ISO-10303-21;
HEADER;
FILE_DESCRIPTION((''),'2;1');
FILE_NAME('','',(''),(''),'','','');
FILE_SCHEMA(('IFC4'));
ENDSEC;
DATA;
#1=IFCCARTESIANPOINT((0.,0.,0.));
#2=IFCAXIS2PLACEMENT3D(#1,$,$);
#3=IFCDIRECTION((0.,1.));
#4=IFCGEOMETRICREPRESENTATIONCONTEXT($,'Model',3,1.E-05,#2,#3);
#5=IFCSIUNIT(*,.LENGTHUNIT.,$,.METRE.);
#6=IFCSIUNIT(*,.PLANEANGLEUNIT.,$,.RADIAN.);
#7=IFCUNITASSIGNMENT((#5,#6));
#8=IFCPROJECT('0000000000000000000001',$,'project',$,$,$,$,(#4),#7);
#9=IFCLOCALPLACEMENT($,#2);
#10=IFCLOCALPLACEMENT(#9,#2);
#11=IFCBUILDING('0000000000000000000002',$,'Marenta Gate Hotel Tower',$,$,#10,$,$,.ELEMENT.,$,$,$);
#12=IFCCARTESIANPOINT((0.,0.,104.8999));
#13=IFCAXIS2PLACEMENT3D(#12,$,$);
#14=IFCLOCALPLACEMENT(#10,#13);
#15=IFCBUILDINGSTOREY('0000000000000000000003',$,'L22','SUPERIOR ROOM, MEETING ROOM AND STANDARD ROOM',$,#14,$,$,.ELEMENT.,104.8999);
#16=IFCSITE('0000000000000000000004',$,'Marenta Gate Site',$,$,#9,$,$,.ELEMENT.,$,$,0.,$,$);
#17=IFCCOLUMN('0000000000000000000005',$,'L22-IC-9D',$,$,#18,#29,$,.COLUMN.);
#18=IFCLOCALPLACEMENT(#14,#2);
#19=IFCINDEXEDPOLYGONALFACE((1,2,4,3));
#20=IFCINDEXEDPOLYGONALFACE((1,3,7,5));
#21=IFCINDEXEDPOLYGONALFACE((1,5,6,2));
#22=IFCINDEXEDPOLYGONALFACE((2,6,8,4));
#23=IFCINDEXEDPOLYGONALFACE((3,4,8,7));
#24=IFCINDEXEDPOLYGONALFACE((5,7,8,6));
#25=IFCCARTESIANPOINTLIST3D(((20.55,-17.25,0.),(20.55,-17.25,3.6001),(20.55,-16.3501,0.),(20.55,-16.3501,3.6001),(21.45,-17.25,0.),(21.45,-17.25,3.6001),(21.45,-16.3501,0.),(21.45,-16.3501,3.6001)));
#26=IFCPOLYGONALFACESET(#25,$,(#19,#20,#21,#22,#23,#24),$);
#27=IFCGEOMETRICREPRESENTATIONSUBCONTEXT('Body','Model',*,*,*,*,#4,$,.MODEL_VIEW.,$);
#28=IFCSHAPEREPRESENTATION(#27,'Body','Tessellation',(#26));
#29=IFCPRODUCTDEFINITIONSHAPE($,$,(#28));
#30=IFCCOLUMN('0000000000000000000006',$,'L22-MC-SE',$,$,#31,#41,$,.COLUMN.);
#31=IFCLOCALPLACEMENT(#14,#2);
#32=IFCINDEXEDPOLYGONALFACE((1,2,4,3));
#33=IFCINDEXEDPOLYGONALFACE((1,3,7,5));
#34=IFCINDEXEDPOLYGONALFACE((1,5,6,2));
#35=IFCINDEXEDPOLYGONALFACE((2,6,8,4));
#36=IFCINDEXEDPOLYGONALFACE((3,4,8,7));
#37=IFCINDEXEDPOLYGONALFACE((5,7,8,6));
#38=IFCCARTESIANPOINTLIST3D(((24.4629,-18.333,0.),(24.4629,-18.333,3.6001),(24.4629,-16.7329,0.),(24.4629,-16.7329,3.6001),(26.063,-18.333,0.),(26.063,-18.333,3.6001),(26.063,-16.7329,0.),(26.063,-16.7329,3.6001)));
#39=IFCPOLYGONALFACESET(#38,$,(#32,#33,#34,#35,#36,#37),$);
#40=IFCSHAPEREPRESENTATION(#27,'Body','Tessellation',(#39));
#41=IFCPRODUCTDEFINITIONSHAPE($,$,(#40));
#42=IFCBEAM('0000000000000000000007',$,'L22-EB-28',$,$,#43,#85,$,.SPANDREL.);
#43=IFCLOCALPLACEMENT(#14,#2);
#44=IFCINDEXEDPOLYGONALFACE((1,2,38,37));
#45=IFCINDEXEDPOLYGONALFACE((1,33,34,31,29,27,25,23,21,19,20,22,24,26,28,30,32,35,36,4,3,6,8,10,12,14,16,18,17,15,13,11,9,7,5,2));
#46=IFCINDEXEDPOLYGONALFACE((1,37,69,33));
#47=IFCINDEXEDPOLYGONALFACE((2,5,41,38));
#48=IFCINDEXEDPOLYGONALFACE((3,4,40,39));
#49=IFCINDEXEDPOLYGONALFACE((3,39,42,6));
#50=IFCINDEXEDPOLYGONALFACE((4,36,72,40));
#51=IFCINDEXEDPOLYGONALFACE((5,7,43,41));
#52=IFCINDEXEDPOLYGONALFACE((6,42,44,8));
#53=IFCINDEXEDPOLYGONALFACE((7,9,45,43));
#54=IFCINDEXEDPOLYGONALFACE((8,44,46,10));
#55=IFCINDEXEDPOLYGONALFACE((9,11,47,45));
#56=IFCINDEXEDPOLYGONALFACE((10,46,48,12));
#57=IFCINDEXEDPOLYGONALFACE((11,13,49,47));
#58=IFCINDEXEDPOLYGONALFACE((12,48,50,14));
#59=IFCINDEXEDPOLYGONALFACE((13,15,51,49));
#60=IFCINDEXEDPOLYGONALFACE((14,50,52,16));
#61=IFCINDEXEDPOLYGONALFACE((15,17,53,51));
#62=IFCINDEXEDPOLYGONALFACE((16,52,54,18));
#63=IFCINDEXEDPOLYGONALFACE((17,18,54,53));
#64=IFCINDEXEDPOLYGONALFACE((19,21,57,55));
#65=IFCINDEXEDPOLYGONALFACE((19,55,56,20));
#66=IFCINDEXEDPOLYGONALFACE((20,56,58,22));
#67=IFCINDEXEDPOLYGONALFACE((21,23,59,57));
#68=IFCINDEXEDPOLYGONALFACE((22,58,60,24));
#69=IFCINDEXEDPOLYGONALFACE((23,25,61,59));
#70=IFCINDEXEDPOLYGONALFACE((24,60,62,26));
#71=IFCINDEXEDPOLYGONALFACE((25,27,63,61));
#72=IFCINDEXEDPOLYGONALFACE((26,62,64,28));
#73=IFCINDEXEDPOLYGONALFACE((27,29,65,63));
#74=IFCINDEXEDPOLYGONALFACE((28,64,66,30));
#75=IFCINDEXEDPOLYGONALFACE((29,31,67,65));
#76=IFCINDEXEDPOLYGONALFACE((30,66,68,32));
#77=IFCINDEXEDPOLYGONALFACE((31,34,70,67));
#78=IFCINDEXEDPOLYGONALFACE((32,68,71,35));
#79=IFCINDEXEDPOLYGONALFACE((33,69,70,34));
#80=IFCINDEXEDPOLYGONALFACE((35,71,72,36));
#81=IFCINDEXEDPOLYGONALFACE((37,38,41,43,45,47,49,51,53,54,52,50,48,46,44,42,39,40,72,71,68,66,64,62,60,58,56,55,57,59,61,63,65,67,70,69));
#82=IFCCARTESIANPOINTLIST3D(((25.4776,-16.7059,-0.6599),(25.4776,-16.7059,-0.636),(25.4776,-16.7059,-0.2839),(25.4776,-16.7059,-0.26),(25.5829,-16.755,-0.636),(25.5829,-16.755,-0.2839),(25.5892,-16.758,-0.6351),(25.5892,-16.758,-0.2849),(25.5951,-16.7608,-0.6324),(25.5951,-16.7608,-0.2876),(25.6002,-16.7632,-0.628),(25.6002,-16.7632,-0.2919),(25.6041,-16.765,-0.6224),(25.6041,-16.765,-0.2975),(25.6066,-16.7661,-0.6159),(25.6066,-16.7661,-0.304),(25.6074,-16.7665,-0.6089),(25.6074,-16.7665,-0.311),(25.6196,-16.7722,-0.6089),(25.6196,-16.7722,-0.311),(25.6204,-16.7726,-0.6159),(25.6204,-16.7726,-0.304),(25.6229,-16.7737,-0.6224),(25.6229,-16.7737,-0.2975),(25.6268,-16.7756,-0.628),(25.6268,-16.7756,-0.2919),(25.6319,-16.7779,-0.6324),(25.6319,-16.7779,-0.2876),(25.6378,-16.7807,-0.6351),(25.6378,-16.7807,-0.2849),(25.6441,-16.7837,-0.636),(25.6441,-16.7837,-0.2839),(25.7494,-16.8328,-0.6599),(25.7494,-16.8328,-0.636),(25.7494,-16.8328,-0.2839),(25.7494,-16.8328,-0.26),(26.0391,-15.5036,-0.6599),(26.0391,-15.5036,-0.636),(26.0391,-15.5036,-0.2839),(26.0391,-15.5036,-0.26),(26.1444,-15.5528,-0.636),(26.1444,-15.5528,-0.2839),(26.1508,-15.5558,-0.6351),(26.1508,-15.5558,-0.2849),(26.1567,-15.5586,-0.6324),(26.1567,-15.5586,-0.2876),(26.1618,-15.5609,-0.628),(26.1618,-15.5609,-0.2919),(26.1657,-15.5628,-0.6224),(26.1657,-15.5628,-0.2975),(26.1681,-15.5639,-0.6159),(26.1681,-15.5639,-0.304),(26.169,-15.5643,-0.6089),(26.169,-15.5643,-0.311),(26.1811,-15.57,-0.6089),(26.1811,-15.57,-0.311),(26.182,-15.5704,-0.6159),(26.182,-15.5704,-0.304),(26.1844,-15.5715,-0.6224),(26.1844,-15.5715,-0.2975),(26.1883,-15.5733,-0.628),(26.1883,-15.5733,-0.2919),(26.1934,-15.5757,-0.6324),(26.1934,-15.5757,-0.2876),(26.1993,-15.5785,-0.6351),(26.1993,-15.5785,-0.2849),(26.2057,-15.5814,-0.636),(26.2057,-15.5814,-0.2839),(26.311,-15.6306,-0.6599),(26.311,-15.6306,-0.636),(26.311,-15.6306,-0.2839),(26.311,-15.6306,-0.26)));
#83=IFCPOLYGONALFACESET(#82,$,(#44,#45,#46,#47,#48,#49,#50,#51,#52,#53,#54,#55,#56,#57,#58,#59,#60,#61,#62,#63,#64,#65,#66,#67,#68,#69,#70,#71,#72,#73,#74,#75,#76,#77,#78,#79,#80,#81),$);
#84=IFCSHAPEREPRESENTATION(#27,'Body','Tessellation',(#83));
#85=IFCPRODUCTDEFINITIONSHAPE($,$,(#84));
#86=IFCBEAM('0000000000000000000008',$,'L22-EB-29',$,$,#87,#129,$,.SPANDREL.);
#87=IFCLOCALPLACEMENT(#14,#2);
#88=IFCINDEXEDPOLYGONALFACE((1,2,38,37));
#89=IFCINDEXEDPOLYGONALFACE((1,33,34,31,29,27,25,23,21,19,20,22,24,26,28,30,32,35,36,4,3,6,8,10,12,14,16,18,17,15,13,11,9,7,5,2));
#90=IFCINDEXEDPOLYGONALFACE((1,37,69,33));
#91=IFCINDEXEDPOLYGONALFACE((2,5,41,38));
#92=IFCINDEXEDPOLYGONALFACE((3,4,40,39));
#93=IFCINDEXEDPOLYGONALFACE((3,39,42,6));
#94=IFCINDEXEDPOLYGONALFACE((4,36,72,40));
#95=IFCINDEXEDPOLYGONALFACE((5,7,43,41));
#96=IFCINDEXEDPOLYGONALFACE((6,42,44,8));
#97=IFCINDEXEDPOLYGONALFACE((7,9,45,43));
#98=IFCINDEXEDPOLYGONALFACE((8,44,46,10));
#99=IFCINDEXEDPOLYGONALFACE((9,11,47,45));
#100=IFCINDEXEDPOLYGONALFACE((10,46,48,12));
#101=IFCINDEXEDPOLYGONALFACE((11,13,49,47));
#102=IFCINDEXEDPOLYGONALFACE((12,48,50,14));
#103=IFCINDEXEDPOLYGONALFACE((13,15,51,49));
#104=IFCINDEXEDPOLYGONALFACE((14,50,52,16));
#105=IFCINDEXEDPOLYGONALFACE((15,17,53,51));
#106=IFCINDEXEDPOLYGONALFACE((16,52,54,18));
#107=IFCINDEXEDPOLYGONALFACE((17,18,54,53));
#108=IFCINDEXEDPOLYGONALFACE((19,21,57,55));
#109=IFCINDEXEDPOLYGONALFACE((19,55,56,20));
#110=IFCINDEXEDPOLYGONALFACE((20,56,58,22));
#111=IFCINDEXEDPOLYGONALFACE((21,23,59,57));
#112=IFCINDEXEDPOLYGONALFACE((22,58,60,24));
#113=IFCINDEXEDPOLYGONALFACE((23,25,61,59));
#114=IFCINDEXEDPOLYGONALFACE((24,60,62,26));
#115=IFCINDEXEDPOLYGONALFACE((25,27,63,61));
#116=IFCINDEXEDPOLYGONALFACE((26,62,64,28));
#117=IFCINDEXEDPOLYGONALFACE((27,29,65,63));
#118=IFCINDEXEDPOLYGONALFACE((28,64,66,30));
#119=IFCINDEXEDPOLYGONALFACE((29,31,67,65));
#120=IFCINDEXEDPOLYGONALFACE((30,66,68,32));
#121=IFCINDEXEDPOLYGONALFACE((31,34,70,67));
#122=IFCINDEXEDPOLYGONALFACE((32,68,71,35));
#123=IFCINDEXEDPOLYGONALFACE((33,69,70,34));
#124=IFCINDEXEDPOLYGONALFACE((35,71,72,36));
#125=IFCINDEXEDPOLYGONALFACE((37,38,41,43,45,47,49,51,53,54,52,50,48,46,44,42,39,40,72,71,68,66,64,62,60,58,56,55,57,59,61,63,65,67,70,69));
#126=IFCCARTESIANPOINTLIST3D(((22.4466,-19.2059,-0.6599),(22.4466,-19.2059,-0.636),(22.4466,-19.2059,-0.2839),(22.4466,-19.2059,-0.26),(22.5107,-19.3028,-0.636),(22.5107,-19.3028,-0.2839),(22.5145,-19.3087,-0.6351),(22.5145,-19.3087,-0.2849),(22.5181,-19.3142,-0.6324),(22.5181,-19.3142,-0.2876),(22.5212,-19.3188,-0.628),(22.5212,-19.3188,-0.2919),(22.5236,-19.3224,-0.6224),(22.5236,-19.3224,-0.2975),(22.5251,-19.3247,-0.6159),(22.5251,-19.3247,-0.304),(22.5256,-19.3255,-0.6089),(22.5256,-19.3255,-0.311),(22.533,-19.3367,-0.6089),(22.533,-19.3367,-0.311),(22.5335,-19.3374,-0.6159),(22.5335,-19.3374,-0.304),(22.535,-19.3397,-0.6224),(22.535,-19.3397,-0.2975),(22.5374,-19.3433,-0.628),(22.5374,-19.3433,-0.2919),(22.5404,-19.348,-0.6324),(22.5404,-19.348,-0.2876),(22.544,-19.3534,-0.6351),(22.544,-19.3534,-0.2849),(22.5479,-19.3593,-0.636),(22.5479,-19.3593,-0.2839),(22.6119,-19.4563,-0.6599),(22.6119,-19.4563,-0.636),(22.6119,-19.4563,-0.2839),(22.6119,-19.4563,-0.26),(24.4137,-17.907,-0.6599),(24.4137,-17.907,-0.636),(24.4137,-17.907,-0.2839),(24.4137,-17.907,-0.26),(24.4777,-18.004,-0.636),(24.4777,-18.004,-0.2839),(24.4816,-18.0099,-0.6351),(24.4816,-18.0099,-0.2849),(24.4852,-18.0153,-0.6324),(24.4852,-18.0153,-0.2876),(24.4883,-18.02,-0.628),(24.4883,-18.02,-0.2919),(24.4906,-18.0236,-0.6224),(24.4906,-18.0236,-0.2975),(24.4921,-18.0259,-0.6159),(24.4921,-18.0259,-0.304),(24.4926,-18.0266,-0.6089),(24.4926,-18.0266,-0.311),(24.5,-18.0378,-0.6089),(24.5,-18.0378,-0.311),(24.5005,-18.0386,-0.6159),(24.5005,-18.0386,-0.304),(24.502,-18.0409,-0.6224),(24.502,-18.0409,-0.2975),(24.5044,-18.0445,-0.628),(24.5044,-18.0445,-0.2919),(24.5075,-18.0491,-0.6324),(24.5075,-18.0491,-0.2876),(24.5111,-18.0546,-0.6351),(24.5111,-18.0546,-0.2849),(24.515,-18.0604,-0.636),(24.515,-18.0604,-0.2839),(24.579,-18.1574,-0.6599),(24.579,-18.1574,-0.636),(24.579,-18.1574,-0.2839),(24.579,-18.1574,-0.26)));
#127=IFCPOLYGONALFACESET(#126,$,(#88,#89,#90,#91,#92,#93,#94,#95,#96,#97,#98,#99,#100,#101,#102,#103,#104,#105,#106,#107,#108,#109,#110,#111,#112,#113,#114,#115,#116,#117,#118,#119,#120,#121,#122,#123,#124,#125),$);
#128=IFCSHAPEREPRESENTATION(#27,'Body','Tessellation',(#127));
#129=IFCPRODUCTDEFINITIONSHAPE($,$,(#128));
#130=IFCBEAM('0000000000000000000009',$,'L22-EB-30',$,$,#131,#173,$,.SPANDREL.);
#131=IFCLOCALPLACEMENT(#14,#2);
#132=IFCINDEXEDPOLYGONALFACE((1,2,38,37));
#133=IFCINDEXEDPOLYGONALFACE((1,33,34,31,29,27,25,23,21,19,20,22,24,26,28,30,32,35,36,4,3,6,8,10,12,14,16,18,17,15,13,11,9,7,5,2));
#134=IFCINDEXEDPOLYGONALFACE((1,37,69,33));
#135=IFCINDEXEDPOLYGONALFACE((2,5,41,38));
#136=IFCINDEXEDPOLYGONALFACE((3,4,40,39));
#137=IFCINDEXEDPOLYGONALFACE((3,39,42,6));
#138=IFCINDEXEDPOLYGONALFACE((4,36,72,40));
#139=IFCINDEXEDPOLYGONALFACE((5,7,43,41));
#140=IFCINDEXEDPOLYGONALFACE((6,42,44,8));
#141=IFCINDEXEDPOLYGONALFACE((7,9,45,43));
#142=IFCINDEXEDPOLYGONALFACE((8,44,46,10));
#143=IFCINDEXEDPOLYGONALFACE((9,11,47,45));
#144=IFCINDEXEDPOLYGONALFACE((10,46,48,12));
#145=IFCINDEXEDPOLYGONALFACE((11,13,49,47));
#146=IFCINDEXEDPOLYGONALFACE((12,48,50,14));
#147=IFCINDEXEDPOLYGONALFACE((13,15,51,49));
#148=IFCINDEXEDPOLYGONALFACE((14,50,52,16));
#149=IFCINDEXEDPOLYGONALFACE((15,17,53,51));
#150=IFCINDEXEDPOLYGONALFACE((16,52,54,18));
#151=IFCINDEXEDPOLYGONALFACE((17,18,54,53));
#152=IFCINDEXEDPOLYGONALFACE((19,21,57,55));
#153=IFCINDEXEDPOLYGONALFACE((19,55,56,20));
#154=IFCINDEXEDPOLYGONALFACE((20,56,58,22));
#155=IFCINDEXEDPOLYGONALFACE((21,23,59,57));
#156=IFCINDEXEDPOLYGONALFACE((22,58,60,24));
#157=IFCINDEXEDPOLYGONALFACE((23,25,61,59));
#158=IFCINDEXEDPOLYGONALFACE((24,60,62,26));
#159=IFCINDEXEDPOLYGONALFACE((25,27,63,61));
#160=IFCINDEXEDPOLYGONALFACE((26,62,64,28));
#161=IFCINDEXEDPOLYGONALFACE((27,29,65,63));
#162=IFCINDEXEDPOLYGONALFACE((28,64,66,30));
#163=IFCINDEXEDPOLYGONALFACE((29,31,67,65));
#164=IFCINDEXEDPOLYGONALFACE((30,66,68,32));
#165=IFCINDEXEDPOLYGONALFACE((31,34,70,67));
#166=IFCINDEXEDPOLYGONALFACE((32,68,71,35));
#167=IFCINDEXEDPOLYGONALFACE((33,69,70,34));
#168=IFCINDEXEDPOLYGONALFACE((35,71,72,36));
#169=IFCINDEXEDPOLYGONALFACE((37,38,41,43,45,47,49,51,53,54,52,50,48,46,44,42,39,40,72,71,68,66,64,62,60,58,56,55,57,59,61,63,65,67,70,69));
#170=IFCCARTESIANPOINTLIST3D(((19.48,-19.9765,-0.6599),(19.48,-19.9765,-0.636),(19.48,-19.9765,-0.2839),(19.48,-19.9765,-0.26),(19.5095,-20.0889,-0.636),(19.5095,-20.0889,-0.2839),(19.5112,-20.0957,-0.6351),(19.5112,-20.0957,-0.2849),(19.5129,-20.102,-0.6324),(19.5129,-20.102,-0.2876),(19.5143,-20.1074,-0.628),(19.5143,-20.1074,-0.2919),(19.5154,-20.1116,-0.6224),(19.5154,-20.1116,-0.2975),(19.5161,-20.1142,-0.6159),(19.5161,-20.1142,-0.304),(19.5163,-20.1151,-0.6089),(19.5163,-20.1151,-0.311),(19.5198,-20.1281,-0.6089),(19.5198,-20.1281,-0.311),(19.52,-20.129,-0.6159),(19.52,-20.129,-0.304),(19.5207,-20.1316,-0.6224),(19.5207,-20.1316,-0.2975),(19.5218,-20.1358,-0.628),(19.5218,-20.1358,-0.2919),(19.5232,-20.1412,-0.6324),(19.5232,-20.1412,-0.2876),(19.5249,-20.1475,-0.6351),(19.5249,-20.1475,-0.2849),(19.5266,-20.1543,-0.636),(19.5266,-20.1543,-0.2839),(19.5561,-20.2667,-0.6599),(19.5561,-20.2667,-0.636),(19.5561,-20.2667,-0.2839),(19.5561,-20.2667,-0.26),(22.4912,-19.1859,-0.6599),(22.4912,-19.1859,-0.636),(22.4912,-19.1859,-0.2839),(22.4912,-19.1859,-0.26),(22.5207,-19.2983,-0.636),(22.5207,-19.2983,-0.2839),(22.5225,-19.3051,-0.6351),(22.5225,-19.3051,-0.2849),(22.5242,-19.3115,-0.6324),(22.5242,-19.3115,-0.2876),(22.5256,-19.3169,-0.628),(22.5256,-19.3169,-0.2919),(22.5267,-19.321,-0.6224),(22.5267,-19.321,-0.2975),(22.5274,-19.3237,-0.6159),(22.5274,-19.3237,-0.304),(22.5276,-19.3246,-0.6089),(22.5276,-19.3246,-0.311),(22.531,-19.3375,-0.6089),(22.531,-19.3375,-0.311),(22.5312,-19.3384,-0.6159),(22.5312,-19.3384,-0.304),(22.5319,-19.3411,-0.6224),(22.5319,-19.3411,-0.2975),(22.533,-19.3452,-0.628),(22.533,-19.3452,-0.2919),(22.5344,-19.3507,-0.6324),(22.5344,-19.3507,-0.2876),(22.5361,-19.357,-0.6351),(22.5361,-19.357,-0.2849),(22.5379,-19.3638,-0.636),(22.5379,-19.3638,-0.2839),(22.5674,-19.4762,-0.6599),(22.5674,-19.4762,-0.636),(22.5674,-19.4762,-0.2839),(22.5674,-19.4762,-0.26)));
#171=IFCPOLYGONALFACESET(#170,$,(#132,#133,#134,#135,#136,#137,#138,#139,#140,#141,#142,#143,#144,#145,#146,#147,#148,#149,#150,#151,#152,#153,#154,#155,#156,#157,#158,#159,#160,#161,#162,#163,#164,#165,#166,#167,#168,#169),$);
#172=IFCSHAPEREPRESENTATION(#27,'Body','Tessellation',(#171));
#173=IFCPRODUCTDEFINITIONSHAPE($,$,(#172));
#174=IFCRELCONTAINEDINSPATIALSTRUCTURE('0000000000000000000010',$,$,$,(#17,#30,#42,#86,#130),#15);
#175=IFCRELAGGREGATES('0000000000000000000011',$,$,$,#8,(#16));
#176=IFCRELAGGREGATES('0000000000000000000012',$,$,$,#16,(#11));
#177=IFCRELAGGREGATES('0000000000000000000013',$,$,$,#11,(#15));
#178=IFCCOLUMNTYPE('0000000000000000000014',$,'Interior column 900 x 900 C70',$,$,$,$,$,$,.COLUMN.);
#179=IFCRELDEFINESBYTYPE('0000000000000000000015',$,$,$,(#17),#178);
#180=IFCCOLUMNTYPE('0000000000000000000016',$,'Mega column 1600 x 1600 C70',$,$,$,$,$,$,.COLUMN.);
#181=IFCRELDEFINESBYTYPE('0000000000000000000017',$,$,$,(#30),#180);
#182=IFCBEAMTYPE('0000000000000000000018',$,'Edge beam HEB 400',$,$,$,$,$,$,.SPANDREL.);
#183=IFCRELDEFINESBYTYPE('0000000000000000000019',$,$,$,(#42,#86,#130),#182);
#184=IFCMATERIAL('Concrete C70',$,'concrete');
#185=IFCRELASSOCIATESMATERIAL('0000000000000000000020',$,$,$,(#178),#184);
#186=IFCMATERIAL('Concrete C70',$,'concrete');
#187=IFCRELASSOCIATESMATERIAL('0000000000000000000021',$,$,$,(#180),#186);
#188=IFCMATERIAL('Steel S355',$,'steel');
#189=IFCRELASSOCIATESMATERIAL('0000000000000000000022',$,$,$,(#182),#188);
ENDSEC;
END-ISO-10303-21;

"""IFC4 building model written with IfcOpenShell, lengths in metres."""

from ifc_helpers import new_model, si_unit, direction, frame, origin, origin_2d, place, context, subcontext, project, spatial, rectangle, i_section, extrude, material, material_profile, profile_set, type_object, element, save


model = new_model("IFC4")

# Units and contexts
model_context = context("Model", 3, precision=1e-05, world=origin(), true_north=direction((0.0, 1.0)))
body_context = subcontext(model_context, "Body", "Model", "MODEL_VIEW")
ifc_project = project(units=[si_unit("LENGTHUNIT", "METRE"), si_unit("PLANEANGLEUNIT", "RADIAN")], contexts=[model_context])

# Site, building, storey
site_placement = place(None, origin())
site = spatial("IfcSite", under=ifc_project, at=site_placement, Name="Marenta Gate Site", CompositionType="ELEMENT", RefElevation=0.0)
building_placement = place(site_placement, origin())
building = spatial("IfcBuilding", under=site, at=building_placement, Name="Marenta Gate Hotel Tower", CompositionType="ELEMENT")
storey_placement = place(building_placement, frame((0.0, 0.0, 104.8999)))
storey = spatial("IfcBuildingStorey", under=building, at=storey_placement, Name="L22", Description="SUPERIOR ROOM, MEETING ROOM AND STANDARD ROOM", CompositionType="ELEMENT", Elevation=104.8999)

# Columns
ifc_material_1 = material(Name="Concrete C70", Category="concrete")
ifc_material_profile_1 = material_profile(ifc_material_1, rectangle(XDim=0.8999, YDim=0.8999, at=origin_2d()), Name="900 x 900")
ifc_profile_set_1 = profile_set([ifc_material_profile_1], Name="Concrete C70")
column_type_1 = type_object("IfcColumnType", Name="Interior column 900 x 900 C70", PredefinedType="COLUMN", material=ifc_profile_set_1)
column_1_placement = place(storey_placement, frame((21.0, -16.8, 0.0), z_axis=(0.0, 0.0, 1.0), x_axis=(1.0, 0.0, 0.0)))
element("IfcColumn", 1, at=column_1_placement, inside=storey, type_object=column_type_1, Name="L22-IC-9D", PredefinedType="COLUMN", context=body_context, shape_type="SweptSolid", body=[
    extrude(rectangle(XDim=0.8999, YDim=0.8999, at=origin_2d()), origin(), (0.0, 0.0, 1.0), 3.6001),
])
ifc_material_2 = material(Name="Concrete C70", Category="concrete")
ifc_material_profile_2 = material_profile(ifc_material_2, rectangle(XDim=1.6001, YDim=1.6001, at=origin_2d()), Name="1600 x 1600")
ifc_profile_set_2 = profile_set([ifc_material_profile_2], Name="Concrete C70")
column_type_2 = type_object("IfcColumnType", Name="Mega column 1600 x 1600 C70", PredefinedType="COLUMN", material=ifc_profile_set_2)
column_2_placement = place(storey_placement, frame((25.2629, -17.533, 0.0), z_axis=(0.0, 0.0, 1.0), x_axis=(1.0, 0.0, 0.0)))
element("IfcColumn", 2, at=column_2_placement, inside=storey, type_object=column_type_2, Name="L22-MC-SE", PredefinedType="COLUMN", context=body_context, shape_type="SweptSolid", body=[
    extrude(rectangle(XDim=1.6001, YDim=1.6001, at=origin_2d()), origin(), (0.0, 0.0, 1.0), 3.6001),
])

# Beams
ifc_material_3 = material(Name="Steel S355", Category="steel")
ifc_material_profile_3 = material_profile(ifc_material_3, i_section(OverallWidth=0.3, OverallDepth=0.3999, WebThickness=0.0134, FlangeThickness=0.0239, FilletRadius=0.0271, at=origin_2d()), Name="HEB 400")
ifc_profile_set_3 = profile_set([ifc_material_profile_3], Name="Steel S355")
beam_type_1 = type_object("IfcBeamType", Name="Edge beam HEB 400", PredefinedType="SPANDREL", material=ifc_profile_set_3)
beam_1_placement = place(storey_placement, frame((26.175, -15.5671, -0.46), z_axis=(-0.423208, -0.906033, 0.0), x_axis=(0.906033, -0.423208, 0.0)))
element("IfcBeam", 3, at=beam_1_placement, inside=storey, type_object=beam_type_1, Name="L22-EB-28", PredefinedType="SPANDREL", context=body_context, shape_type="SweptSolid", body=[
    extrude(i_section(OverallWidth=0.3, OverallDepth=0.3999, WebThickness=0.0134, FlangeThickness=0.0239, FilletRadius=0.0271, at=origin_2d()), origin(), (0.0, 0.0, 1.0), 1.3269),
])
beam_2_placement = place(storey_placement, frame((24.4963, -18.0322, -0.46), z_axis=(-0.834496, -0.551014, 0.0), x_axis=(0.551014, -0.834496, 0.0)))
element("IfcBeam", 4, at=beam_2_placement, inside=storey, type_object=beam_type_1, Name="L22-EB-29", PredefinedType="SPANDREL", context=body_context, shape_type="SweptSolid", body=[
    extrude(i_section(OverallWidth=0.3, OverallDepth=0.3999, WebThickness=0.0134, FlangeThickness=0.0239, FilletRadius=0.0271, at=origin_2d()), origin(), (0.0, 0.0, 1.0), 2.3572),
])
beam_3_placement = place(storey_placement, frame((22.5293, -19.3311, -0.46), z_axis=(-0.967225, -0.253922, 0.0), x_axis=(0.253922, -0.967225, 0.0)))
element("IfcBeam", 5, at=beam_3_placement, inside=storey, type_object=beam_type_1, Name="L22-EB-30", PredefinedType="SPANDREL", context=body_context, shape_type="SweptSolid", body=[
    extrude(i_section(OverallWidth=0.3, OverallDepth=0.3999, WebThickness=0.0134, FlangeThickness=0.0239, FilletRadius=0.0271, at=origin_2d()), origin(), (0.0, 0.0, 1.0), 3.1133),
])

save(model, "model.ifc")
